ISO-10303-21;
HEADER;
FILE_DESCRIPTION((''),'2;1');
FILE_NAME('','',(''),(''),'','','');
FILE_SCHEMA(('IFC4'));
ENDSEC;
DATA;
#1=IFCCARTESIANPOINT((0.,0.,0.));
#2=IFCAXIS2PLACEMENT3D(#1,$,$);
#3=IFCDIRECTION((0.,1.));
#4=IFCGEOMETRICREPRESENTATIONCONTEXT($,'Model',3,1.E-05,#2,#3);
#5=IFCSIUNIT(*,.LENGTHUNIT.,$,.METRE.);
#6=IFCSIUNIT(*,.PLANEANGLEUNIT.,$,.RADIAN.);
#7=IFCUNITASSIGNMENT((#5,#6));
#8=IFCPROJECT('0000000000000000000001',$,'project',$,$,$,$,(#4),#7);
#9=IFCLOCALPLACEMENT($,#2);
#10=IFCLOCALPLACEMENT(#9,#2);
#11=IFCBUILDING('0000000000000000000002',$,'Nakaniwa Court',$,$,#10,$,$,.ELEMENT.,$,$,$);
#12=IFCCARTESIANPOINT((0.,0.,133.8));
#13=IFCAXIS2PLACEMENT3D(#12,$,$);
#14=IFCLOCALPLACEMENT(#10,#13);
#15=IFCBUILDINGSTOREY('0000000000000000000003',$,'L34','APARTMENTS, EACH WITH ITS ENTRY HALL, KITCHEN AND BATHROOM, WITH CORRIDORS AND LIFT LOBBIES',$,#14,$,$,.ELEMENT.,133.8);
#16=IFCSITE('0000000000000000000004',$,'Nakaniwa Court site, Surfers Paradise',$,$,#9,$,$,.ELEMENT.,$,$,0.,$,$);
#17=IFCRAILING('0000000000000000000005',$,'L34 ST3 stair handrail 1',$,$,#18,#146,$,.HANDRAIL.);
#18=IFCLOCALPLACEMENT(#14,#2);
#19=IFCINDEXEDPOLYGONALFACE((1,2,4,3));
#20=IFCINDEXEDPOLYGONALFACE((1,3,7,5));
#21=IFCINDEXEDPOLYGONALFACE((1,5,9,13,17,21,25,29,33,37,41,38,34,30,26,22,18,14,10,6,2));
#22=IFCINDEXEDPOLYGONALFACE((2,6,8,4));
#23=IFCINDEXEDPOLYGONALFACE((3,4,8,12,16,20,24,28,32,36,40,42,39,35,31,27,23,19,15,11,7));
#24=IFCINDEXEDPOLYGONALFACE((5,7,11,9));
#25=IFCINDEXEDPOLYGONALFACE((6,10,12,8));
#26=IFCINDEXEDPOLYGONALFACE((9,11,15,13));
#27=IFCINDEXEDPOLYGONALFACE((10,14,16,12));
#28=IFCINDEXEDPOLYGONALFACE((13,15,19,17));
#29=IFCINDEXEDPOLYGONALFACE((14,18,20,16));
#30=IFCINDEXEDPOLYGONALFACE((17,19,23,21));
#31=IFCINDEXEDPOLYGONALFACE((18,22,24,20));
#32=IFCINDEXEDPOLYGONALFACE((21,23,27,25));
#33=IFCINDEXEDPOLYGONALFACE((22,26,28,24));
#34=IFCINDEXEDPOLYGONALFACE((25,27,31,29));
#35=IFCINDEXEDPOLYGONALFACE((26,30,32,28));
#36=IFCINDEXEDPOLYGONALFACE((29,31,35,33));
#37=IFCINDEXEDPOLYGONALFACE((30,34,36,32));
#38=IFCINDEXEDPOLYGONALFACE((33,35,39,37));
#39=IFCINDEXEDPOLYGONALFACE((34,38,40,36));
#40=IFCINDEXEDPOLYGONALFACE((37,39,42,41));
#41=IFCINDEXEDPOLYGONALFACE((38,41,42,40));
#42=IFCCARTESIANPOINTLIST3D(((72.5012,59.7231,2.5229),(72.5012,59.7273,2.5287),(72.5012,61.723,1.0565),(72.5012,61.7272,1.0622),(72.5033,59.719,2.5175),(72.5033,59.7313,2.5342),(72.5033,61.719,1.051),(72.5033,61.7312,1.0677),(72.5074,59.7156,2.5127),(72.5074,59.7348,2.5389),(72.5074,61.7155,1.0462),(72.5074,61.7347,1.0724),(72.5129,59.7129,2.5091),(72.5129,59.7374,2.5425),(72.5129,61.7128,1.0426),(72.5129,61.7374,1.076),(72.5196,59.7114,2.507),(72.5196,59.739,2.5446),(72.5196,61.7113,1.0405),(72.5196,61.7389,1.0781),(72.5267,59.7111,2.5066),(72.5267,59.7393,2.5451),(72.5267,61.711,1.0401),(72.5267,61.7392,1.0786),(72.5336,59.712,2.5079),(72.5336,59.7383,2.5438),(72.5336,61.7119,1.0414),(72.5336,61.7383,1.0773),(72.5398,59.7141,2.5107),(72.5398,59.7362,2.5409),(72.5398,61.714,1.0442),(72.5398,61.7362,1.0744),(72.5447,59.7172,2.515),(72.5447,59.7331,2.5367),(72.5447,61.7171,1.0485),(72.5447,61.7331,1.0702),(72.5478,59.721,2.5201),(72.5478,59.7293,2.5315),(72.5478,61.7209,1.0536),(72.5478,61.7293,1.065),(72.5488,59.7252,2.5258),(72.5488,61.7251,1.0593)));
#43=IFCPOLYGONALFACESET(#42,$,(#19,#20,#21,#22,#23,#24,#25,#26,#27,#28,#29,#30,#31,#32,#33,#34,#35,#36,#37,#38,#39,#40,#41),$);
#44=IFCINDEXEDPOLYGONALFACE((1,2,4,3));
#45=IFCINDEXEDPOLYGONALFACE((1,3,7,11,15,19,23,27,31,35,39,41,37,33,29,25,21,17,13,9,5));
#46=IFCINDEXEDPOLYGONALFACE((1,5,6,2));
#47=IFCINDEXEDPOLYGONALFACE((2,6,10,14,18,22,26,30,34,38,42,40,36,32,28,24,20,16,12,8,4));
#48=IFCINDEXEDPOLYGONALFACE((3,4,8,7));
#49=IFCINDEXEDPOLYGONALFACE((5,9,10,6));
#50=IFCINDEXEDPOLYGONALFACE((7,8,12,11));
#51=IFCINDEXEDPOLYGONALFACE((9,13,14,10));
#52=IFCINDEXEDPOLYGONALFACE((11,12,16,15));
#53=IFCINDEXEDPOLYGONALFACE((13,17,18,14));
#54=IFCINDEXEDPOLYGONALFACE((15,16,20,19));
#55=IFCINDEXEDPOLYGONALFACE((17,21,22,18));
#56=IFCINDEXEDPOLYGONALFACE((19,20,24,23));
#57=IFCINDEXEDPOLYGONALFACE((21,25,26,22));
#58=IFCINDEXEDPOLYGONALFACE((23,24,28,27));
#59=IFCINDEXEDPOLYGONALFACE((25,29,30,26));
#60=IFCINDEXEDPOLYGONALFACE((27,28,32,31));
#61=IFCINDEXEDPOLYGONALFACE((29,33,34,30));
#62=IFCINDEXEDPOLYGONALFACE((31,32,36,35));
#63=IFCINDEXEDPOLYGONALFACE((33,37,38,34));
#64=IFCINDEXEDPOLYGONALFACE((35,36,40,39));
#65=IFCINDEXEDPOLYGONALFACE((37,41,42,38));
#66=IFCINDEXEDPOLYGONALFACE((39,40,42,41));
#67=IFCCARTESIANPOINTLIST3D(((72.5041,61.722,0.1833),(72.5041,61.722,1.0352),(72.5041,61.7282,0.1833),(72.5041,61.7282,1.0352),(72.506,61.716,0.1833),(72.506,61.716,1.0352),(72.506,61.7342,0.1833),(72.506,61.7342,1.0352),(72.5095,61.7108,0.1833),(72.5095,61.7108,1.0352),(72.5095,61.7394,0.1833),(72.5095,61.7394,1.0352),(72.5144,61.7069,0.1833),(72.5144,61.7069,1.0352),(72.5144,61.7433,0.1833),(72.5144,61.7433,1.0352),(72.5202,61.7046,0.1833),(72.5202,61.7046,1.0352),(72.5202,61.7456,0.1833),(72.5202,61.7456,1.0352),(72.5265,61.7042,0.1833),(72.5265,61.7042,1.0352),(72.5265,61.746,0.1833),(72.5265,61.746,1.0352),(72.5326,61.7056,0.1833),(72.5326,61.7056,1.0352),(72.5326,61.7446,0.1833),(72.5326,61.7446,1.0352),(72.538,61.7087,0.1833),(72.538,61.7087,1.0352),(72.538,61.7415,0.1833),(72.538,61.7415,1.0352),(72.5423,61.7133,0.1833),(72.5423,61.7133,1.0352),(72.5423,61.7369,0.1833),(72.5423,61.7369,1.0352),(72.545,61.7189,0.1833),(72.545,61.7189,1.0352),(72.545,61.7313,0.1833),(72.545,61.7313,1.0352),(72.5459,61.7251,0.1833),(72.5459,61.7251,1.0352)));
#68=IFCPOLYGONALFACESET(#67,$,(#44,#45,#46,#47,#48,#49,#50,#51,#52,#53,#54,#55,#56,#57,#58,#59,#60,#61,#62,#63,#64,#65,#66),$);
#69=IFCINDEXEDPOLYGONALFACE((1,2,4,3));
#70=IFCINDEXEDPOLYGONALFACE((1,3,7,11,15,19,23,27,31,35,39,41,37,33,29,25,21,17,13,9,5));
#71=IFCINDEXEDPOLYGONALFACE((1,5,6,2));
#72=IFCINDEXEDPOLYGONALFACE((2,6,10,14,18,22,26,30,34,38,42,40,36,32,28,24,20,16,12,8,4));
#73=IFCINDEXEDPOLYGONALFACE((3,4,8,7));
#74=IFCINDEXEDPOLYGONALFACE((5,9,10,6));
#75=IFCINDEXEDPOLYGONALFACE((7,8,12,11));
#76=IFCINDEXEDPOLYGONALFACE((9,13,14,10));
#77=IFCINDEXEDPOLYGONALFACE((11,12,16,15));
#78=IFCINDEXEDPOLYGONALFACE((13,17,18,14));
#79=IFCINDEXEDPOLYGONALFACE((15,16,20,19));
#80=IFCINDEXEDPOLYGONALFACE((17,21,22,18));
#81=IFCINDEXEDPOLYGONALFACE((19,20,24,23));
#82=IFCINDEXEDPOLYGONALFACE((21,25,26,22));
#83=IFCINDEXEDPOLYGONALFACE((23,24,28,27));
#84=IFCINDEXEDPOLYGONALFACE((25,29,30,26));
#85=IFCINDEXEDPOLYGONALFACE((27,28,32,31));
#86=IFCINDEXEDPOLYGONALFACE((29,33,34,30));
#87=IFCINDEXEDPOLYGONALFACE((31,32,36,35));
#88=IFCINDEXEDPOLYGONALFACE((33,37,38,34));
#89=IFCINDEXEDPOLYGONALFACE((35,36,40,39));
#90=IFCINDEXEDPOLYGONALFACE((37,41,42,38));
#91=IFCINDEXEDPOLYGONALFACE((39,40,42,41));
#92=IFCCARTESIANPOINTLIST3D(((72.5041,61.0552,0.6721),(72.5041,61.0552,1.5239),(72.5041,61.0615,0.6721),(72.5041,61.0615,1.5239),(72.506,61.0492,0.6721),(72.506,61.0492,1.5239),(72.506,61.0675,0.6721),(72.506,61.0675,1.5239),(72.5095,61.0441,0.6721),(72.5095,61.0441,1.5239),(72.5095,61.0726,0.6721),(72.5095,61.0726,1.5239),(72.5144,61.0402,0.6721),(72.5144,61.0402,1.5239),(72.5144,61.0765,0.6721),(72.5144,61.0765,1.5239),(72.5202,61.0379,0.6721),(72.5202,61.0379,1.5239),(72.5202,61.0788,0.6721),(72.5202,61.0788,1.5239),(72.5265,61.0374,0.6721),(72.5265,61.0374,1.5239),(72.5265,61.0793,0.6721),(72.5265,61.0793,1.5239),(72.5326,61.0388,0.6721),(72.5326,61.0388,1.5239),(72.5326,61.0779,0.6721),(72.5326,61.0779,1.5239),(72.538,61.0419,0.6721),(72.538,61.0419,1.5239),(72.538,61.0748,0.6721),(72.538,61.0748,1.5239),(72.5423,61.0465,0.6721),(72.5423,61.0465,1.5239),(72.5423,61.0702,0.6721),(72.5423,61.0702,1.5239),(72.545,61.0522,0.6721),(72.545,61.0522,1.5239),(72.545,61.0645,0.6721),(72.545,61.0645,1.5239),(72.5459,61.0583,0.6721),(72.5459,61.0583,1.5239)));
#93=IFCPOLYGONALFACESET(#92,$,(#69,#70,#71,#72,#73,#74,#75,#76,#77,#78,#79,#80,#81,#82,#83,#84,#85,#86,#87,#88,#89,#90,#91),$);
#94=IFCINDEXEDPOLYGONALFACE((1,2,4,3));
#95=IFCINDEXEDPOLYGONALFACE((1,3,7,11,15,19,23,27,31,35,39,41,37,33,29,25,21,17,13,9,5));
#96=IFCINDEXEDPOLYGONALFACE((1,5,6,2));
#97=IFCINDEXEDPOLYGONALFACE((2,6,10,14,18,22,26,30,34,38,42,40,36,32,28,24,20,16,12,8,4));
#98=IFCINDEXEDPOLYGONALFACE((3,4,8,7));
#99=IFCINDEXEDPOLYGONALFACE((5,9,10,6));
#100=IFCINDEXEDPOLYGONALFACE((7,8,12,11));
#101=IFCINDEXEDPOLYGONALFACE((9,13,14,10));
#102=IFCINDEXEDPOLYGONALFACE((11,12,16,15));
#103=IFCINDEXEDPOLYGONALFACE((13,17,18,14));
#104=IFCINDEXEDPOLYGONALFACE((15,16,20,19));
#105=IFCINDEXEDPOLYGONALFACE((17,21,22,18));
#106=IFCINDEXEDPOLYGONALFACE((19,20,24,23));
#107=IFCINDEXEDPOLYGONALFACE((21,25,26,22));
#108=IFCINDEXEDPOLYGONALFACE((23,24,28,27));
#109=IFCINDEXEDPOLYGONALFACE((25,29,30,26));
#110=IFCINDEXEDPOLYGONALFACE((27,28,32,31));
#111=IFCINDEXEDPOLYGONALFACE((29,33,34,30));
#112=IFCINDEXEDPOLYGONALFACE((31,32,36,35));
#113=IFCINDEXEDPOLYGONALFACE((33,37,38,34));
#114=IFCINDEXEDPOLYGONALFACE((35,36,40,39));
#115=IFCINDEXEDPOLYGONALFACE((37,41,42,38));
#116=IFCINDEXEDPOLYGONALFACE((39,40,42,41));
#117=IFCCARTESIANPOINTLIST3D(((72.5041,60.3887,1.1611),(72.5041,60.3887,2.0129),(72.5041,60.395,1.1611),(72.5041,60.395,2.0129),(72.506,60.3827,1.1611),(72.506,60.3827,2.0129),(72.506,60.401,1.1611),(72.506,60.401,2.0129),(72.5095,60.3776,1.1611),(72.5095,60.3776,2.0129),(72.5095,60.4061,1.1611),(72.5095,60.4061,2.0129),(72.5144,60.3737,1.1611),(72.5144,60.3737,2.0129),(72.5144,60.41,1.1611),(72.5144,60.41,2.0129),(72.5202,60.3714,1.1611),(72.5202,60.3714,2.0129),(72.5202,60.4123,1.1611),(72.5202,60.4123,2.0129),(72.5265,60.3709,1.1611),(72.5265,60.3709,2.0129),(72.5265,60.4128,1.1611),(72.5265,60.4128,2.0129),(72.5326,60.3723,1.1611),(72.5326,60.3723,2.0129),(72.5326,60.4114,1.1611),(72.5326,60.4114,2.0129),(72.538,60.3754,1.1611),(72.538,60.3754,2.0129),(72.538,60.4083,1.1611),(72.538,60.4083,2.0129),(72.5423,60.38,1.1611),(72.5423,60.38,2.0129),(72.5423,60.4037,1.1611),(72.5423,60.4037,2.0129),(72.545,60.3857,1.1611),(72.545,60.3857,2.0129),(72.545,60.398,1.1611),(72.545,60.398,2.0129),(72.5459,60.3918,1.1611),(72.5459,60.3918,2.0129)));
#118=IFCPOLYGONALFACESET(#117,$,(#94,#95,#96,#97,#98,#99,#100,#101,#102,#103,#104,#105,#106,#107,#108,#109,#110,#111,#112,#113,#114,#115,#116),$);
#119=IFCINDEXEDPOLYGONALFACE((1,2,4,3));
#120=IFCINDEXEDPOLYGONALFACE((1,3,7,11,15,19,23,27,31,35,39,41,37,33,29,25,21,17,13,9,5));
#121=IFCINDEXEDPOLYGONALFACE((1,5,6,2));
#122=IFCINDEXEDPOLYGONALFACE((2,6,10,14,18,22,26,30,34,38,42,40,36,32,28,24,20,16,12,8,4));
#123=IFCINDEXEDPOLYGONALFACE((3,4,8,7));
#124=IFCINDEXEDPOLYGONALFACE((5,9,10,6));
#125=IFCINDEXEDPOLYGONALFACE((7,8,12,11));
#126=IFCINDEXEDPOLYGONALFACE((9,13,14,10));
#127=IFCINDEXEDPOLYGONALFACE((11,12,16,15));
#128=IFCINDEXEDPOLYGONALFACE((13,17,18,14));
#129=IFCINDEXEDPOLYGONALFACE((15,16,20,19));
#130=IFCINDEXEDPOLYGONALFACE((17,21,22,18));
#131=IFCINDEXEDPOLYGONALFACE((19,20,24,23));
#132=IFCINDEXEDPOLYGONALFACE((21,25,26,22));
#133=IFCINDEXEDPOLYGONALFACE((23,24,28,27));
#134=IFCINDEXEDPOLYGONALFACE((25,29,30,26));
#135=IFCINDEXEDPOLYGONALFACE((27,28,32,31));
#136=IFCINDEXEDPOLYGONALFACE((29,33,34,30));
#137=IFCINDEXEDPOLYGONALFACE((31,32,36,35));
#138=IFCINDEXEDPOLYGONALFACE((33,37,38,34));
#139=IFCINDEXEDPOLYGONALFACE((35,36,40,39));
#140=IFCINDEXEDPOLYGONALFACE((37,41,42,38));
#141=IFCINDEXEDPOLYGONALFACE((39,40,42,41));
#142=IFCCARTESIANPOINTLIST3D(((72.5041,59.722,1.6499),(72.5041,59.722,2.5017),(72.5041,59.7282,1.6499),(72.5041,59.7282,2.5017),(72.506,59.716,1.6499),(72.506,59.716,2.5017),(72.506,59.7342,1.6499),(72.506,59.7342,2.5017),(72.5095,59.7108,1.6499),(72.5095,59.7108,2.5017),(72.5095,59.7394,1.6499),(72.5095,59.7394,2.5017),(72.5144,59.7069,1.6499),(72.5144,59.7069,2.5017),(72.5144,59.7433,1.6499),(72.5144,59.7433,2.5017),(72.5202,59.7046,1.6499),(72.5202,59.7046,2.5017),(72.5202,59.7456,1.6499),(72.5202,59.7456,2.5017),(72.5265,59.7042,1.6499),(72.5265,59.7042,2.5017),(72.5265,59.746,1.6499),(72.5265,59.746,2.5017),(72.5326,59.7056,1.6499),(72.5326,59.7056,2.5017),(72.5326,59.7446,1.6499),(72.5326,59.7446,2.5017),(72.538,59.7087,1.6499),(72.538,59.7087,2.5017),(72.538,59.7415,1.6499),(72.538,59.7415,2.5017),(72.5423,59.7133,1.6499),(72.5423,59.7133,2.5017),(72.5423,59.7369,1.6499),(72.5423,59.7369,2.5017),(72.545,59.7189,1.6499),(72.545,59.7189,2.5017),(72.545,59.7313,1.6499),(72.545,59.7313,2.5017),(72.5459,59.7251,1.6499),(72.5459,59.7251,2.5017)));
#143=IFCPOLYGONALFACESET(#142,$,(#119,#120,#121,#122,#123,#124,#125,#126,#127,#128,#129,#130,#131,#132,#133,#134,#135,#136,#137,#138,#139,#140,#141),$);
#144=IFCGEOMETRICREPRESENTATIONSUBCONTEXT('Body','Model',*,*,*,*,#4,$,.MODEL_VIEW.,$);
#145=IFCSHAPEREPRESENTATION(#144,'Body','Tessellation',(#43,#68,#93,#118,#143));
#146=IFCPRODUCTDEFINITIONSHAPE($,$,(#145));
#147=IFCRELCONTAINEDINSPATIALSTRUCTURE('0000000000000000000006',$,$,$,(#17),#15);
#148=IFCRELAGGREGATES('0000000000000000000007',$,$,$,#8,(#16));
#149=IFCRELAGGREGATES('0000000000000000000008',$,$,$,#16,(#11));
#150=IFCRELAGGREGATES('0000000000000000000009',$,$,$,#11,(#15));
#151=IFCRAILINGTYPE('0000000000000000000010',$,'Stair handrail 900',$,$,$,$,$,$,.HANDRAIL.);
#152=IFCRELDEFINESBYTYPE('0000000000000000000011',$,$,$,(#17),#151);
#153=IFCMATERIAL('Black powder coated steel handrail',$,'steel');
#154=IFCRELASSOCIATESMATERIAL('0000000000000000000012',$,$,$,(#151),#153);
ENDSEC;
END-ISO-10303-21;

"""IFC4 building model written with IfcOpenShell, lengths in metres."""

from ifc_helpers import new_model, si_unit, direction, frame, origin, origin_2d, place, context, subcontext, project, spatial, circle, extrude, material, type_object, element, save


model = new_model("IFC4")

# Units and contexts
model_context = context("Model", 3, precision=1e-05, world=origin(), true_north=direction((0.0, 1.0)))
body_context = subcontext(model_context, "Body", "Model", "MODEL_VIEW")
ifc_project = project(units=[si_unit("LENGTHUNIT", "METRE"), si_unit("PLANEANGLEUNIT", "RADIAN")], contexts=[model_context])

# Site, building, storey
site_placement = place(None, origin())
site = spatial("IfcSite", under=ifc_project, at=site_placement, Name="Nakaniwa Court site, Surfers Paradise", CompositionType="ELEMENT", RefElevation=0.0)
building_placement = place(site_placement, origin())
building = spatial("IfcBuilding", under=site, at=building_placement, Name="Nakaniwa Court", CompositionType="ELEMENT")
storey_placement = place(building_placement, frame((0.0, 0.0, 133.8)))
storey = spatial("IfcBuildingStorey", under=building, at=storey_placement, Name="L34", Description="APARTMENTS, EACH WITH ITS ENTRY HALL, KITCHEN AND BATHROOM, WITH CORRIDORS AND LIFT LOBBIES", CompositionType="ELEMENT", Elevation=133.8)

# Railing
ifc_material_1 = material(Name="Black powder coated steel handrail", Category="steel")
railing_type_1 = type_object("IfcRailingType", Name="Stair handrail 900", PredefinedType="HANDRAIL", material=ifc_material_1)
railing_1_placement = place(storey_placement, frame((72.5249, 61.7251, 0.1833)))
element("IfcRailing", 1, at=railing_1_placement, inside=storey, type_object=railing_type_1, Name="L34 ST3 stair handrail 1", PredefinedType="HANDRAIL", context=body_context, shape_type="SweptSolid", body=[
    extrude(circle(Radius=0.0239, at=origin_2d()), frame((0.0, 0.0, 0.876), z_axis=(0.0, -0.806427, 0.591334), x_axis=(1.0, 0.0, 0.0)), (0.0, 0.0, 1.0), 2.48),
    extrude(circle(Radius=0.021, at=origin_2d()), origin(), (0.0, 0.0, 1.0), 0.8518),
    extrude(circle(Radius=0.021, at=origin_2d()), frame((0.0, -0.6667, 0.4888)), (0.0, 0.0, 1.0), 0.8518),
    extrude(circle(Radius=0.021, at=origin_2d()), frame((0.0, -1.3333, 0.9778)), (0.0, 0.0, 1.0), 0.8518),
    extrude(circle(Radius=0.021, at=origin_2d()), frame((0.0, -2.0, 1.4666)), (0.0, 0.0, 1.0), 0.8518),
])

save(model, "model.ifc")
